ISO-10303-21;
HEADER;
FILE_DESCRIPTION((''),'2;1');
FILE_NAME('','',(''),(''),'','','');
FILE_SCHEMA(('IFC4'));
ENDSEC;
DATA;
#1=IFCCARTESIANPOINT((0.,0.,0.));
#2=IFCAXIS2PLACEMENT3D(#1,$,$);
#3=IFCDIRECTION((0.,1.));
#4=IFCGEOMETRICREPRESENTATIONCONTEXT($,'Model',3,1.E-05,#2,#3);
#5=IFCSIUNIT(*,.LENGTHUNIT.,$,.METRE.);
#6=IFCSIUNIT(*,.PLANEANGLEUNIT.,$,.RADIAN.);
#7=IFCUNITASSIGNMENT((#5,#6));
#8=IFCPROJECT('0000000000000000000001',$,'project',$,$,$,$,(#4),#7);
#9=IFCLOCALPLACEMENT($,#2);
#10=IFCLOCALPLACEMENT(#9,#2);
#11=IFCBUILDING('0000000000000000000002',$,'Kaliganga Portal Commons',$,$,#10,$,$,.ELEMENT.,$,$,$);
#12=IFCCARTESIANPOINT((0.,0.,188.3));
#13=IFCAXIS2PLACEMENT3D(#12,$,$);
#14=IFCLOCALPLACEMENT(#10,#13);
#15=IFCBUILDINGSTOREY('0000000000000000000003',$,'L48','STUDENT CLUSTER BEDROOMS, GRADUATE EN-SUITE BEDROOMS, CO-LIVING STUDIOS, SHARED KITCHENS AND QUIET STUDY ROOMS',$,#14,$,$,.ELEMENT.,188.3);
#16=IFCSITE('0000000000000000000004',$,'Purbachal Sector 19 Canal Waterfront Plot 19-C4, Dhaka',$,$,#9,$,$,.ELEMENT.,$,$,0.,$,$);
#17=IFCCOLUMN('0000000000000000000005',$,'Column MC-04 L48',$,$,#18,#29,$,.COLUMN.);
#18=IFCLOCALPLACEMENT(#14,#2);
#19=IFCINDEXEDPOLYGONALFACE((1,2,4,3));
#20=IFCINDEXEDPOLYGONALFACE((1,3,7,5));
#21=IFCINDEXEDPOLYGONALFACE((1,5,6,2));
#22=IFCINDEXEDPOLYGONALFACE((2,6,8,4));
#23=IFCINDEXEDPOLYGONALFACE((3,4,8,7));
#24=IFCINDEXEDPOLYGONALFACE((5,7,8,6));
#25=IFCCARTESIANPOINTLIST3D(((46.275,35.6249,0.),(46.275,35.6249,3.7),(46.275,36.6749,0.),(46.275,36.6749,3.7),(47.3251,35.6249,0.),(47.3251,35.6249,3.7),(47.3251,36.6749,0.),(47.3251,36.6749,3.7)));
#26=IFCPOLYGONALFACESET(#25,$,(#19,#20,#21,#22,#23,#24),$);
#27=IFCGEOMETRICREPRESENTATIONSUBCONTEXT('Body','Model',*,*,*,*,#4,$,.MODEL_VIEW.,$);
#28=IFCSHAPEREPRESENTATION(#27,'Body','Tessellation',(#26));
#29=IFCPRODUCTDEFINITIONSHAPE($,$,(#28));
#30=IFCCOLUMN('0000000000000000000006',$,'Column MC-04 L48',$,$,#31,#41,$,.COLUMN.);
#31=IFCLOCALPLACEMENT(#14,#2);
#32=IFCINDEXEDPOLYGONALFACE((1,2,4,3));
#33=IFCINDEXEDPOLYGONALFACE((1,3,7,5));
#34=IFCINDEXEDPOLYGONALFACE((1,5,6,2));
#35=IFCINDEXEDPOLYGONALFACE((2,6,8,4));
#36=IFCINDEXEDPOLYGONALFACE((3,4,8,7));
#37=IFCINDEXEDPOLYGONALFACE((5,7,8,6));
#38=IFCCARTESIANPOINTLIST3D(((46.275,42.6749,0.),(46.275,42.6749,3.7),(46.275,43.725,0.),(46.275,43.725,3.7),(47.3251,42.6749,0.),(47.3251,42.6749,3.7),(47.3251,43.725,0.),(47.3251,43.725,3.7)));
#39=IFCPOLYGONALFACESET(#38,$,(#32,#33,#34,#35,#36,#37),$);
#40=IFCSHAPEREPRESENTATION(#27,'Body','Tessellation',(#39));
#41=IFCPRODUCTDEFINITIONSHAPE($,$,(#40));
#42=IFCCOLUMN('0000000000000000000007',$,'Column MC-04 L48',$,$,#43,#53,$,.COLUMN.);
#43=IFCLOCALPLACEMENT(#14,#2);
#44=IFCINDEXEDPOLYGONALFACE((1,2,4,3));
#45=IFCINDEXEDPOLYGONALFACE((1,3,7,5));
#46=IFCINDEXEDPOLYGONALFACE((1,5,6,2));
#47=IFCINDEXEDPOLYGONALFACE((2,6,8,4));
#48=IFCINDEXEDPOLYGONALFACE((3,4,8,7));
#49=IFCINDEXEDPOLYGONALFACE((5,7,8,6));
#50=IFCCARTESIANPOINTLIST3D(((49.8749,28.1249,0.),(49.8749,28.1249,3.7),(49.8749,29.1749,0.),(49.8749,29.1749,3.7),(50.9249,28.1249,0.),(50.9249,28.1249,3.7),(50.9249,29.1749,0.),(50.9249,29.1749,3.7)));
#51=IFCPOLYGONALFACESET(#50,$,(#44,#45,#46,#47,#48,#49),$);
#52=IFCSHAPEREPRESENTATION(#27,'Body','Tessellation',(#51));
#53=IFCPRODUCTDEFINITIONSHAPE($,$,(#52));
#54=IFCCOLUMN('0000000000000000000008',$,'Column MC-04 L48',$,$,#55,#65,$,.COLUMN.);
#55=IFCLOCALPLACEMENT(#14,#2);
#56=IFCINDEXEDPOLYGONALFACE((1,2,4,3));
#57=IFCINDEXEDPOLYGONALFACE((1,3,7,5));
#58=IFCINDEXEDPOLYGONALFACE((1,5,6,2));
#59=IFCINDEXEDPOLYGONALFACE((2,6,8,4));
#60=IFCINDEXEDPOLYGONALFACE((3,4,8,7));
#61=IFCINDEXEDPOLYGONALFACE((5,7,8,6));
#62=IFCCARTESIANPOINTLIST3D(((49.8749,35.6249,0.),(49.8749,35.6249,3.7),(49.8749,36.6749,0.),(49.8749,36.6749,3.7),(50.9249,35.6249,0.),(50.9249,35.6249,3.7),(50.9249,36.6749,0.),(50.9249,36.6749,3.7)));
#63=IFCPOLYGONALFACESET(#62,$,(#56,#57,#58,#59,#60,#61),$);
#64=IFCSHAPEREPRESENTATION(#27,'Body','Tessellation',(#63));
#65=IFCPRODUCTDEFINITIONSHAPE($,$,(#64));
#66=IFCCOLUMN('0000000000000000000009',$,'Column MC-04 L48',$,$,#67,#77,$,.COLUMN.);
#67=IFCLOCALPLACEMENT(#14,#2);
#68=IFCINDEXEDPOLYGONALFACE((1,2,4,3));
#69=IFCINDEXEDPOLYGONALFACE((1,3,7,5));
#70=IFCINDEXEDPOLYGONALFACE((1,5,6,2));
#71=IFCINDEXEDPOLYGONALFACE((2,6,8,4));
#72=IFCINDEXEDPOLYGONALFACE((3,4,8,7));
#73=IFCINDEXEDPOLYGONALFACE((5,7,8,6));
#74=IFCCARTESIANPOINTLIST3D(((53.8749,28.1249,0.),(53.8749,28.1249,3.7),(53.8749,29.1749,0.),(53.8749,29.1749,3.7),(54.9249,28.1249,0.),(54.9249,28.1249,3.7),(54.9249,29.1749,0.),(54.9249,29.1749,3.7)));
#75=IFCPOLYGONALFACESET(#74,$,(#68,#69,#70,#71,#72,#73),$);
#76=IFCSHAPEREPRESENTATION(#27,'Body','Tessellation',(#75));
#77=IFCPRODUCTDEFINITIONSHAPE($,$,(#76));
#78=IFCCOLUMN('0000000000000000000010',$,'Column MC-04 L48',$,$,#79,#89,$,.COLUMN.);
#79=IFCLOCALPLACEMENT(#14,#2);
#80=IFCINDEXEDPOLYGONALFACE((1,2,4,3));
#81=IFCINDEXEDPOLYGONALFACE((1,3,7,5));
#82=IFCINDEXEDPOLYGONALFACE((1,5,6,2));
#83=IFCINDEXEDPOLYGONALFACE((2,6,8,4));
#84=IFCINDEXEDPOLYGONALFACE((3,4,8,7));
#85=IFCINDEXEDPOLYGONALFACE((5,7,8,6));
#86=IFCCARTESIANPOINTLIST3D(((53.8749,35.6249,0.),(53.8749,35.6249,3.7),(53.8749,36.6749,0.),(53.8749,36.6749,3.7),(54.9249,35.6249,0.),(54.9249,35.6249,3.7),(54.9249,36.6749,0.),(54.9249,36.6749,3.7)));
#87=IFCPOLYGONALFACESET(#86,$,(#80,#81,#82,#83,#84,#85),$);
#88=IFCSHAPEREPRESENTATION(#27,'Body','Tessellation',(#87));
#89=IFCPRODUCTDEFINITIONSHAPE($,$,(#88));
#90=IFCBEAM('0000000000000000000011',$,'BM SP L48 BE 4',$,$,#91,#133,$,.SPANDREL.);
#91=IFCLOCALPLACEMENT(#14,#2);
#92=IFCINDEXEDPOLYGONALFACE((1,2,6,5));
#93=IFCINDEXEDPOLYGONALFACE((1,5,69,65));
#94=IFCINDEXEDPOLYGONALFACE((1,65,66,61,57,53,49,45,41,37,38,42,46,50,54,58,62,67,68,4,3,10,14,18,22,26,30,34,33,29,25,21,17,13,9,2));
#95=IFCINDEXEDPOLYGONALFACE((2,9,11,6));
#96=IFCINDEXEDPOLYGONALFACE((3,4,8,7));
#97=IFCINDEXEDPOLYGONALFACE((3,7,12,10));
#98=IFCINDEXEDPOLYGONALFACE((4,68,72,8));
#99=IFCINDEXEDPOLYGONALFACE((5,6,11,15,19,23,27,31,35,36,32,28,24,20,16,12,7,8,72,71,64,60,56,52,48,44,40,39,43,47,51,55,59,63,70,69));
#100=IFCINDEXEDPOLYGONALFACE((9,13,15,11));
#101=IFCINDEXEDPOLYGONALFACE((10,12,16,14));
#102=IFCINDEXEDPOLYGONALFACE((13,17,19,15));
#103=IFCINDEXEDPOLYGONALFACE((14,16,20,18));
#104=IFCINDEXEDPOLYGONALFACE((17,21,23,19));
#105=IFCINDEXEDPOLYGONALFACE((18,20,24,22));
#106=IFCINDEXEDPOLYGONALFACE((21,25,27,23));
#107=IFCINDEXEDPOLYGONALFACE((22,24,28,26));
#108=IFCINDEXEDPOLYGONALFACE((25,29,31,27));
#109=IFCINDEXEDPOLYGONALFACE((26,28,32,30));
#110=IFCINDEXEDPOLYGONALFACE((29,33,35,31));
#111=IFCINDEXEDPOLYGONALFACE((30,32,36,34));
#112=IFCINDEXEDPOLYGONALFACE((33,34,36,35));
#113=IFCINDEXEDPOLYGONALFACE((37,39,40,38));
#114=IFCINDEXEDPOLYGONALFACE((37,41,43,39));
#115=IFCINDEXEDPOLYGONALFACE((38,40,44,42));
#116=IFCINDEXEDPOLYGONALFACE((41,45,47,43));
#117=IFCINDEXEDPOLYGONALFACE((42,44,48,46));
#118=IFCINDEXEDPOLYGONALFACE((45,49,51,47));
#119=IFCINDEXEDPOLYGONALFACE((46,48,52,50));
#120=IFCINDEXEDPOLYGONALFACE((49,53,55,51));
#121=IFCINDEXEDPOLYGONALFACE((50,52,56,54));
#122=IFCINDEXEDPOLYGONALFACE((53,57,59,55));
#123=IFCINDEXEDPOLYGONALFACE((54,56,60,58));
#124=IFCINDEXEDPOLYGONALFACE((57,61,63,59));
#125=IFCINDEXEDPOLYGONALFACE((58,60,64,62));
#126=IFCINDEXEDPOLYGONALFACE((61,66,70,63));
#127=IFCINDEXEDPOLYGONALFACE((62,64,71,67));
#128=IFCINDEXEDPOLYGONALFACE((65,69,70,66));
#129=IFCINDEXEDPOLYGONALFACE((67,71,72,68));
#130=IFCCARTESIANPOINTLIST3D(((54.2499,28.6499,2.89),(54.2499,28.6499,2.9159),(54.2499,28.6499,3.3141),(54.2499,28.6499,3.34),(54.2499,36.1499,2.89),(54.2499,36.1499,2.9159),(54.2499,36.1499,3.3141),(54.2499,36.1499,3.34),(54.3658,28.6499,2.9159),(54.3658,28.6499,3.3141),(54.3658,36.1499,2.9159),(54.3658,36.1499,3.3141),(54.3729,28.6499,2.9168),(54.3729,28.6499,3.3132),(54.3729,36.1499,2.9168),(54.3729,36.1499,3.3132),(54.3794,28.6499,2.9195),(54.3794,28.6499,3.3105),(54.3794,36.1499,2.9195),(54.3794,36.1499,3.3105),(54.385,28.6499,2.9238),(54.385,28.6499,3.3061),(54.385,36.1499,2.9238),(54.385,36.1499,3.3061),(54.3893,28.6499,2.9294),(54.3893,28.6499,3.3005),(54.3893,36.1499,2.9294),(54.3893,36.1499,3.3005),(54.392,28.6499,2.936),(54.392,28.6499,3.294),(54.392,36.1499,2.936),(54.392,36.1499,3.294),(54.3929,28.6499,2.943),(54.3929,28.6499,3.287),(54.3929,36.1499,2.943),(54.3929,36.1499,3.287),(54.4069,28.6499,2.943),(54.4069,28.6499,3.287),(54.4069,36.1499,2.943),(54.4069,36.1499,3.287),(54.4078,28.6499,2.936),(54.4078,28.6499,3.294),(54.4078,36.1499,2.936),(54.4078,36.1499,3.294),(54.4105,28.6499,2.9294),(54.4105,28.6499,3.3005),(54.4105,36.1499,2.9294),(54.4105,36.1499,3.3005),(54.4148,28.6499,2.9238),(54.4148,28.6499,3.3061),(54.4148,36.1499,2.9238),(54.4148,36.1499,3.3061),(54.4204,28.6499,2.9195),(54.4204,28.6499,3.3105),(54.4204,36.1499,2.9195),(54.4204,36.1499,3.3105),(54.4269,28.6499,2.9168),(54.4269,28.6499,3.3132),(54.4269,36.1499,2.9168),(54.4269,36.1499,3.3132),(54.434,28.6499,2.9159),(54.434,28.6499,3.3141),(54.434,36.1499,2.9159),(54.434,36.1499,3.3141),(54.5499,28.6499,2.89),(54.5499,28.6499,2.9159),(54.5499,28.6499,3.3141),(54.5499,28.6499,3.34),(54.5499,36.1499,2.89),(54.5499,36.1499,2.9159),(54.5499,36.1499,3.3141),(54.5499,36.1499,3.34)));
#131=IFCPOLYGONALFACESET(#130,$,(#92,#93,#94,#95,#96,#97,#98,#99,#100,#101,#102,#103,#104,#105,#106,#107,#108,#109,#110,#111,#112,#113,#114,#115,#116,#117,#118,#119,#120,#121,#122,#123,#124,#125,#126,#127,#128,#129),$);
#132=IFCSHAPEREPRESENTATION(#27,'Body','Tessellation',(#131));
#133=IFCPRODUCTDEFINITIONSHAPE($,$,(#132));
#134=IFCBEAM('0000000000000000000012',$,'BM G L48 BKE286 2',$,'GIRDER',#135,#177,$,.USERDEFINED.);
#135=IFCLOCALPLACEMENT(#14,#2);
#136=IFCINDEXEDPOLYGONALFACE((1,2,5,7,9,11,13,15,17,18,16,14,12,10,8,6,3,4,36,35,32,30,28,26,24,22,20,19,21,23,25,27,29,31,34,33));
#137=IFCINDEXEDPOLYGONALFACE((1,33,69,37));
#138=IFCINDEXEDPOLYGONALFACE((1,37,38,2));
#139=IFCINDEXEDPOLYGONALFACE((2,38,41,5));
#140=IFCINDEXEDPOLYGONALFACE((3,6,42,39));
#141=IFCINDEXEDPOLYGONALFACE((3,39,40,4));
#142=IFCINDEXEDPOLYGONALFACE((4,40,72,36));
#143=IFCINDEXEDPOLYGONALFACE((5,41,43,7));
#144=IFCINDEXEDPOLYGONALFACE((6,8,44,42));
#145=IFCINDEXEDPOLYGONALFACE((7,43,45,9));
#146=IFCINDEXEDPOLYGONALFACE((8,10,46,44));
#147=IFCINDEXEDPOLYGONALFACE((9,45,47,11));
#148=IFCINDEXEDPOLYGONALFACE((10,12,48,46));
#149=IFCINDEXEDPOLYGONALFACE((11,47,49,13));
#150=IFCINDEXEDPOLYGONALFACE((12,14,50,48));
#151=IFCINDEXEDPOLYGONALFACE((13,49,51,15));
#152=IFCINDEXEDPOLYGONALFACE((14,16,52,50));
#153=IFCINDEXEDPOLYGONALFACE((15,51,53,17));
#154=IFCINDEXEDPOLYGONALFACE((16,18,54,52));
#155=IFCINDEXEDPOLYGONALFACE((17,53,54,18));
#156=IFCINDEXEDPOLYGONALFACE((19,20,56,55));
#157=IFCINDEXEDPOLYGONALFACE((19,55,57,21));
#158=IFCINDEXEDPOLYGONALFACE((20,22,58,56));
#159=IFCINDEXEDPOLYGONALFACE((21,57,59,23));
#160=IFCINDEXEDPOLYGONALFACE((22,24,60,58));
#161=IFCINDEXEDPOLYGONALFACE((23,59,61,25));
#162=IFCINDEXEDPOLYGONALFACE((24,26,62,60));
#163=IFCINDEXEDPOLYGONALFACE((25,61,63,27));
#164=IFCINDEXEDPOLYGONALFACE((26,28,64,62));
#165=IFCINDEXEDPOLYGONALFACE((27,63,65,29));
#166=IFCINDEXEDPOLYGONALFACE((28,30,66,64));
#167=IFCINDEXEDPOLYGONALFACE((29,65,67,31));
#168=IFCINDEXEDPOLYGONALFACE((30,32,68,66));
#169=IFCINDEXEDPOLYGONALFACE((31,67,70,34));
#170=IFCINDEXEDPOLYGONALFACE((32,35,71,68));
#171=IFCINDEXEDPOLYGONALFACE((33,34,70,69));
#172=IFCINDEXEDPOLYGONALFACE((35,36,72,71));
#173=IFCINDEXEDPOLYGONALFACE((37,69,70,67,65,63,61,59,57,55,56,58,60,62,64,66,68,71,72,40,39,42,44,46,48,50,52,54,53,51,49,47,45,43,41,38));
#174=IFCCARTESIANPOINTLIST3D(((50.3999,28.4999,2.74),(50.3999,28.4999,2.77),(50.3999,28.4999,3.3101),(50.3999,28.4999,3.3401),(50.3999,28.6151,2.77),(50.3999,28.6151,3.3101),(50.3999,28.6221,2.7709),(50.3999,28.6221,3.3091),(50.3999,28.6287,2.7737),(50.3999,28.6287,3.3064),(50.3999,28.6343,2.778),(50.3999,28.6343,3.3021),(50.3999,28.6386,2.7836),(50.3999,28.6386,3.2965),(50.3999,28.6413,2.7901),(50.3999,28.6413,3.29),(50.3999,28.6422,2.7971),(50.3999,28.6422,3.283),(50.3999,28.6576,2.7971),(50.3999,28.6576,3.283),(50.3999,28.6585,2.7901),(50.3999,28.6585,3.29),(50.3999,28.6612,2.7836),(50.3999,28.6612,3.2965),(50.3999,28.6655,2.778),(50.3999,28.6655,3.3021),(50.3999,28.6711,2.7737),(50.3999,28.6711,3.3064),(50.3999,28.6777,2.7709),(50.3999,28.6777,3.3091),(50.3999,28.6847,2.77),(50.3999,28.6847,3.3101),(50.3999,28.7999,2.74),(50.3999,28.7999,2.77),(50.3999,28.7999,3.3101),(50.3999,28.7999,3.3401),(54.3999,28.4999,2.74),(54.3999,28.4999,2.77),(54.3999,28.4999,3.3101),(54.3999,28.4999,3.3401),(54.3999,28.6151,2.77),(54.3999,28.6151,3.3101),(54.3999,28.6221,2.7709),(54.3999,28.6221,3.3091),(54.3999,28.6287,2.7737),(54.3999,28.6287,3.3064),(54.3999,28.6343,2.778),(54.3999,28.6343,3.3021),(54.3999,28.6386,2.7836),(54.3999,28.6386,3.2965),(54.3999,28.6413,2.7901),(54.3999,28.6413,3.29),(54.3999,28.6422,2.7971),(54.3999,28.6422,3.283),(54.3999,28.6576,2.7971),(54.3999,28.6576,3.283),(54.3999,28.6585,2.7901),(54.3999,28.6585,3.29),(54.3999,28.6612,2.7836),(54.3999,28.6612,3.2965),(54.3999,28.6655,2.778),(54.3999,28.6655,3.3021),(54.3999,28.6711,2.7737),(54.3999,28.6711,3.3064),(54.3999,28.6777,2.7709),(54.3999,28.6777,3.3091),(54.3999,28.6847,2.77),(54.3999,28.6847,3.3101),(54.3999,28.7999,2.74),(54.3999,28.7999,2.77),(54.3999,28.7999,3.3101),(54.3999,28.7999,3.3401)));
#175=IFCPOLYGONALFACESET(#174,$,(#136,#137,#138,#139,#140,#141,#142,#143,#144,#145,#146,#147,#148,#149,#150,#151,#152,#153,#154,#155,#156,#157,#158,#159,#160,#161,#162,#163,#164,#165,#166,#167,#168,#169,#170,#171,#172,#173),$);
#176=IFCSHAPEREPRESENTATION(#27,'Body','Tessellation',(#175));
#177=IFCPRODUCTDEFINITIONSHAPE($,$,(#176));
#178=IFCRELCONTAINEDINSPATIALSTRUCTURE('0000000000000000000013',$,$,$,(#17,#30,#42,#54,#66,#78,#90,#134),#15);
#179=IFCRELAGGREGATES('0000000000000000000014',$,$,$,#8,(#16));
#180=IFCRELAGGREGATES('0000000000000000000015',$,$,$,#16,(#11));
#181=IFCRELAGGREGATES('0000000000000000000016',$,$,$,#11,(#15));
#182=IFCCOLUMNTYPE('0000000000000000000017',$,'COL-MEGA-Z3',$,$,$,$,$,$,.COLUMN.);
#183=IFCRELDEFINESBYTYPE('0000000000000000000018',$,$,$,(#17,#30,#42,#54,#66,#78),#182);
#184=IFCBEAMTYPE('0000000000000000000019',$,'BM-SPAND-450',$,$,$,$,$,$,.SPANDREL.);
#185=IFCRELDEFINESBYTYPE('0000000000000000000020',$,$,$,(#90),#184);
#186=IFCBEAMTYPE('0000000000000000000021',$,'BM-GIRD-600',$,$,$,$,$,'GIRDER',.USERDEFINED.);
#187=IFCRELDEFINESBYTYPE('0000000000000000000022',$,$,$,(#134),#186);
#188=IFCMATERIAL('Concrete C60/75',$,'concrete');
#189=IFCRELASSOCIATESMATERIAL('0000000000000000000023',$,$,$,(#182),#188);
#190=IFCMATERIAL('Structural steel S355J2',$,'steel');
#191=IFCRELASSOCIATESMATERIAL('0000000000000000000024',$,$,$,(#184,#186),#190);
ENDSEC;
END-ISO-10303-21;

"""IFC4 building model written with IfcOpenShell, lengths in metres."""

from ifc_helpers import new_model, si_unit, direction, frame, origin, origin_2d, place, context, subcontext, project, spatial, rectangle, i_section, extrude, source, transform, mapped, material, material_profile, profile_set, type_object, element, save


model = new_model("IFC4")

# Units and contexts
model_context = context("Model", 3, precision=1e-05, world=origin(), true_north=direction((0.0, 1.0)))
body_context = subcontext(model_context, "Body", "Model", "MODEL_VIEW")
ifc_project = project(units=[si_unit("LENGTHUNIT", "METRE"), si_unit("PLANEANGLEUNIT", "RADIAN")], contexts=[model_context])

# Site, building, storey
site_placement = place(None, origin())
site = spatial("IfcSite", under=ifc_project, at=site_placement, Name="Purbachal Sector 19 Canal Waterfront Plot 19-C4, Dhaka", CompositionType="ELEMENT", RefElevation=0.0)
building_placement = place(site_placement, origin())
building = spatial("IfcBuilding", under=site, at=building_placement, Name="Kaliganga Portal Commons", CompositionType="ELEMENT")
storey_placement = place(building_placement, frame((0.0, 0.0, 188.3)))
storey = spatial("IfcBuildingStorey", under=building, at=storey_placement, Name="L48", Description="STUDENT CLUSTER BEDROOMS, GRADUATE EN-SUITE BEDROOMS, CO-LIVING STUDIOS, SHARED KITCHENS AND QUIET STUDY ROOMS", CompositionType="ELEMENT", Elevation=188.3)

# Columns
ifc_material_1 = material(Name="Concrete C60/75", Category="concrete")
ifc_material_profile_1 = material_profile(ifc_material_1, rectangle(XDim=1.05, YDim=1.05, at=origin_2d()), Name="RC 1050x1050")
ifc_profile_set_1 = profile_set([ifc_material_profile_1], Name="Concrete C60/75")
column_type = type_object("IfcColumnType", Name="COL-MEGA-Z3", PredefinedType="COLUMN", material=ifc_profile_set_1)
shared_shape_1 = source(origin(), body_context, "Body", "SweptSolid", [
    extrude(rectangle(XDim=1.05, YDim=1.05, at=origin_2d()), origin(), (0.0, 0.0, 1.0), 3.7),
])
for number, where, z_axis, x_axis, name in (
    (1, (46.8, 36.1499, 0.0), (0.0, 0.0, 1.0), (1.0, 0.0, 0.0), "Column MC-04 L48"),
    (2, (46.8, 43.2, 0.0), (0.0, 0.0, 1.0), (1.0, 0.0, 0.0), "Column MC-04 L48"),
    (3, (50.3999, 28.6499, 0.0), (0.0, 0.0, 1.0), (1.0, 0.0, 0.0), "Column MC-04 L48"),
    (4, (50.3999, 36.1499, 0.0), (0.0, 0.0, 1.0), (1.0, 0.0, 0.0), "Column MC-04 L48"),
    (5, (54.3999, 28.6499, 0.0), (0.0, 0.0, 1.0), (1.0, 0.0, 0.0), "Column MC-04 L48"),
    (6, (54.3999, 36.1499, 0.0), (0.0, 0.0, 1.0), (1.0, 0.0, 0.0), "Column MC-04 L48"),
):
    element("IfcColumn", number, at=place(storey_placement, frame(where, z_axis=z_axis, x_axis=x_axis)), inside=storey, type_object=column_type, Name=name, PredefinedType="COLUMN", context=body_context, shape_type="MappedRepresentation", body=[
        mapped(shared_shape_1, transform((0.0, 0.0, 0.0), x_axis=(1.0, 0.0, 0.0), y_axis=(0.0, 1.0, 0.0), z_axis=(0.0, 0.0, 1.0), scale=1.0)),
    ])

# Beams
ifc_material_2 = material(Name="Structural steel S355J2", Category="steel")
ifc_material_profile_2 = material_profile(ifc_material_2, i_section(OverallWidth=0.3, OverallDepth=0.45, WebThickness=0.0139, FlangeThickness=0.0259, FilletRadius=0.0271, at=origin_2d()), Name="HE 450 B")
ifc_profile_set_2 = profile_set([ifc_material_profile_2], Name="Structural steel S355J2 wide-flange")
beam_type_1 = type_object("IfcBeamType", Name="BM-SPAND-450", PredefinedType="SPANDREL", material=ifc_profile_set_2)
shared_shape_2 = source(origin(), body_context, "Body", "SweptSolid", [
    extrude(i_section(OverallWidth=0.3, OverallDepth=0.45, WebThickness=0.0139, FlangeThickness=0.0259, FilletRadius=0.0271, at=origin_2d()), origin(), (0.0, 0.0, 1.0), 7.5),
])
beam_1_placement = place(storey_placement, frame((54.3999, 28.6499, 3.115), z_axis=(0.0, 1.0, 0.0), x_axis=(-1.0, 0.0, 0.0)))
element("IfcBeam", 7, at=beam_1_placement, inside=storey, type_object=beam_type_1, Name="BM SP L48 BE 4", PredefinedType="SPANDREL", context=body_context, shape_type="MappedRepresentation", body=[
    mapped(shared_shape_2, transform((0.0, 0.0, 0.0), x_axis=(1.0, 0.0, 0.0), y_axis=(0.0, 1.0, 0.0), z_axis=(0.0, 0.0, 1.0), scale=1.0)),
])
ifc_material_profile_3 = material_profile(ifc_material_2, i_section(OverallWidth=0.3, OverallDepth=0.6001, WebThickness=0.0154, FlangeThickness=0.03, FilletRadius=0.0271, at=origin_2d()), Name="HE 600 B")
ifc_profile_set_3 = profile_set([ifc_material_profile_3], Name="Structural steel S355J2 wide-flange")
beam_type_2 = type_object("IfcBeamType", Name="BM-GIRD-600", ElementType="GIRDER", PredefinedType="USERDEFINED", material=ifc_profile_set_3)
shared_shape_3 = source(origin(), body_context, "Body", "SweptSolid", [
    extrude(i_section(OverallWidth=0.3, OverallDepth=0.6001, WebThickness=0.0154, FlangeThickness=0.03, FilletRadius=0.0271, at=origin_2d()), origin(), (0.0, 0.0, 1.0), 4.0),
])
for number, where, z_axis, x_axis, name in (
    (8, (50.3999, 28.6499, 3.04), (1.0, 0.0, 0.0), (0.0, 1.0, 0.0), "BM G L48 BKE286 2"),
):
    element("IfcBeam", number, at=place(storey_placement, frame(where, z_axis=z_axis, x_axis=x_axis)), inside=storey, type_object=beam_type_2, Name=name, ObjectType="GIRDER", PredefinedType="USERDEFINED", context=body_context, shape_type="MappedRepresentation", body=[
        mapped(shared_shape_3, transform((0.0, 0.0, 0.0), x_axis=(1.0, 0.0, 0.0), y_axis=(0.0, 1.0, 0.0), z_axis=(0.0, 0.0, 1.0), scale=1.0)),
    ])

save(model, "model.ifc")
